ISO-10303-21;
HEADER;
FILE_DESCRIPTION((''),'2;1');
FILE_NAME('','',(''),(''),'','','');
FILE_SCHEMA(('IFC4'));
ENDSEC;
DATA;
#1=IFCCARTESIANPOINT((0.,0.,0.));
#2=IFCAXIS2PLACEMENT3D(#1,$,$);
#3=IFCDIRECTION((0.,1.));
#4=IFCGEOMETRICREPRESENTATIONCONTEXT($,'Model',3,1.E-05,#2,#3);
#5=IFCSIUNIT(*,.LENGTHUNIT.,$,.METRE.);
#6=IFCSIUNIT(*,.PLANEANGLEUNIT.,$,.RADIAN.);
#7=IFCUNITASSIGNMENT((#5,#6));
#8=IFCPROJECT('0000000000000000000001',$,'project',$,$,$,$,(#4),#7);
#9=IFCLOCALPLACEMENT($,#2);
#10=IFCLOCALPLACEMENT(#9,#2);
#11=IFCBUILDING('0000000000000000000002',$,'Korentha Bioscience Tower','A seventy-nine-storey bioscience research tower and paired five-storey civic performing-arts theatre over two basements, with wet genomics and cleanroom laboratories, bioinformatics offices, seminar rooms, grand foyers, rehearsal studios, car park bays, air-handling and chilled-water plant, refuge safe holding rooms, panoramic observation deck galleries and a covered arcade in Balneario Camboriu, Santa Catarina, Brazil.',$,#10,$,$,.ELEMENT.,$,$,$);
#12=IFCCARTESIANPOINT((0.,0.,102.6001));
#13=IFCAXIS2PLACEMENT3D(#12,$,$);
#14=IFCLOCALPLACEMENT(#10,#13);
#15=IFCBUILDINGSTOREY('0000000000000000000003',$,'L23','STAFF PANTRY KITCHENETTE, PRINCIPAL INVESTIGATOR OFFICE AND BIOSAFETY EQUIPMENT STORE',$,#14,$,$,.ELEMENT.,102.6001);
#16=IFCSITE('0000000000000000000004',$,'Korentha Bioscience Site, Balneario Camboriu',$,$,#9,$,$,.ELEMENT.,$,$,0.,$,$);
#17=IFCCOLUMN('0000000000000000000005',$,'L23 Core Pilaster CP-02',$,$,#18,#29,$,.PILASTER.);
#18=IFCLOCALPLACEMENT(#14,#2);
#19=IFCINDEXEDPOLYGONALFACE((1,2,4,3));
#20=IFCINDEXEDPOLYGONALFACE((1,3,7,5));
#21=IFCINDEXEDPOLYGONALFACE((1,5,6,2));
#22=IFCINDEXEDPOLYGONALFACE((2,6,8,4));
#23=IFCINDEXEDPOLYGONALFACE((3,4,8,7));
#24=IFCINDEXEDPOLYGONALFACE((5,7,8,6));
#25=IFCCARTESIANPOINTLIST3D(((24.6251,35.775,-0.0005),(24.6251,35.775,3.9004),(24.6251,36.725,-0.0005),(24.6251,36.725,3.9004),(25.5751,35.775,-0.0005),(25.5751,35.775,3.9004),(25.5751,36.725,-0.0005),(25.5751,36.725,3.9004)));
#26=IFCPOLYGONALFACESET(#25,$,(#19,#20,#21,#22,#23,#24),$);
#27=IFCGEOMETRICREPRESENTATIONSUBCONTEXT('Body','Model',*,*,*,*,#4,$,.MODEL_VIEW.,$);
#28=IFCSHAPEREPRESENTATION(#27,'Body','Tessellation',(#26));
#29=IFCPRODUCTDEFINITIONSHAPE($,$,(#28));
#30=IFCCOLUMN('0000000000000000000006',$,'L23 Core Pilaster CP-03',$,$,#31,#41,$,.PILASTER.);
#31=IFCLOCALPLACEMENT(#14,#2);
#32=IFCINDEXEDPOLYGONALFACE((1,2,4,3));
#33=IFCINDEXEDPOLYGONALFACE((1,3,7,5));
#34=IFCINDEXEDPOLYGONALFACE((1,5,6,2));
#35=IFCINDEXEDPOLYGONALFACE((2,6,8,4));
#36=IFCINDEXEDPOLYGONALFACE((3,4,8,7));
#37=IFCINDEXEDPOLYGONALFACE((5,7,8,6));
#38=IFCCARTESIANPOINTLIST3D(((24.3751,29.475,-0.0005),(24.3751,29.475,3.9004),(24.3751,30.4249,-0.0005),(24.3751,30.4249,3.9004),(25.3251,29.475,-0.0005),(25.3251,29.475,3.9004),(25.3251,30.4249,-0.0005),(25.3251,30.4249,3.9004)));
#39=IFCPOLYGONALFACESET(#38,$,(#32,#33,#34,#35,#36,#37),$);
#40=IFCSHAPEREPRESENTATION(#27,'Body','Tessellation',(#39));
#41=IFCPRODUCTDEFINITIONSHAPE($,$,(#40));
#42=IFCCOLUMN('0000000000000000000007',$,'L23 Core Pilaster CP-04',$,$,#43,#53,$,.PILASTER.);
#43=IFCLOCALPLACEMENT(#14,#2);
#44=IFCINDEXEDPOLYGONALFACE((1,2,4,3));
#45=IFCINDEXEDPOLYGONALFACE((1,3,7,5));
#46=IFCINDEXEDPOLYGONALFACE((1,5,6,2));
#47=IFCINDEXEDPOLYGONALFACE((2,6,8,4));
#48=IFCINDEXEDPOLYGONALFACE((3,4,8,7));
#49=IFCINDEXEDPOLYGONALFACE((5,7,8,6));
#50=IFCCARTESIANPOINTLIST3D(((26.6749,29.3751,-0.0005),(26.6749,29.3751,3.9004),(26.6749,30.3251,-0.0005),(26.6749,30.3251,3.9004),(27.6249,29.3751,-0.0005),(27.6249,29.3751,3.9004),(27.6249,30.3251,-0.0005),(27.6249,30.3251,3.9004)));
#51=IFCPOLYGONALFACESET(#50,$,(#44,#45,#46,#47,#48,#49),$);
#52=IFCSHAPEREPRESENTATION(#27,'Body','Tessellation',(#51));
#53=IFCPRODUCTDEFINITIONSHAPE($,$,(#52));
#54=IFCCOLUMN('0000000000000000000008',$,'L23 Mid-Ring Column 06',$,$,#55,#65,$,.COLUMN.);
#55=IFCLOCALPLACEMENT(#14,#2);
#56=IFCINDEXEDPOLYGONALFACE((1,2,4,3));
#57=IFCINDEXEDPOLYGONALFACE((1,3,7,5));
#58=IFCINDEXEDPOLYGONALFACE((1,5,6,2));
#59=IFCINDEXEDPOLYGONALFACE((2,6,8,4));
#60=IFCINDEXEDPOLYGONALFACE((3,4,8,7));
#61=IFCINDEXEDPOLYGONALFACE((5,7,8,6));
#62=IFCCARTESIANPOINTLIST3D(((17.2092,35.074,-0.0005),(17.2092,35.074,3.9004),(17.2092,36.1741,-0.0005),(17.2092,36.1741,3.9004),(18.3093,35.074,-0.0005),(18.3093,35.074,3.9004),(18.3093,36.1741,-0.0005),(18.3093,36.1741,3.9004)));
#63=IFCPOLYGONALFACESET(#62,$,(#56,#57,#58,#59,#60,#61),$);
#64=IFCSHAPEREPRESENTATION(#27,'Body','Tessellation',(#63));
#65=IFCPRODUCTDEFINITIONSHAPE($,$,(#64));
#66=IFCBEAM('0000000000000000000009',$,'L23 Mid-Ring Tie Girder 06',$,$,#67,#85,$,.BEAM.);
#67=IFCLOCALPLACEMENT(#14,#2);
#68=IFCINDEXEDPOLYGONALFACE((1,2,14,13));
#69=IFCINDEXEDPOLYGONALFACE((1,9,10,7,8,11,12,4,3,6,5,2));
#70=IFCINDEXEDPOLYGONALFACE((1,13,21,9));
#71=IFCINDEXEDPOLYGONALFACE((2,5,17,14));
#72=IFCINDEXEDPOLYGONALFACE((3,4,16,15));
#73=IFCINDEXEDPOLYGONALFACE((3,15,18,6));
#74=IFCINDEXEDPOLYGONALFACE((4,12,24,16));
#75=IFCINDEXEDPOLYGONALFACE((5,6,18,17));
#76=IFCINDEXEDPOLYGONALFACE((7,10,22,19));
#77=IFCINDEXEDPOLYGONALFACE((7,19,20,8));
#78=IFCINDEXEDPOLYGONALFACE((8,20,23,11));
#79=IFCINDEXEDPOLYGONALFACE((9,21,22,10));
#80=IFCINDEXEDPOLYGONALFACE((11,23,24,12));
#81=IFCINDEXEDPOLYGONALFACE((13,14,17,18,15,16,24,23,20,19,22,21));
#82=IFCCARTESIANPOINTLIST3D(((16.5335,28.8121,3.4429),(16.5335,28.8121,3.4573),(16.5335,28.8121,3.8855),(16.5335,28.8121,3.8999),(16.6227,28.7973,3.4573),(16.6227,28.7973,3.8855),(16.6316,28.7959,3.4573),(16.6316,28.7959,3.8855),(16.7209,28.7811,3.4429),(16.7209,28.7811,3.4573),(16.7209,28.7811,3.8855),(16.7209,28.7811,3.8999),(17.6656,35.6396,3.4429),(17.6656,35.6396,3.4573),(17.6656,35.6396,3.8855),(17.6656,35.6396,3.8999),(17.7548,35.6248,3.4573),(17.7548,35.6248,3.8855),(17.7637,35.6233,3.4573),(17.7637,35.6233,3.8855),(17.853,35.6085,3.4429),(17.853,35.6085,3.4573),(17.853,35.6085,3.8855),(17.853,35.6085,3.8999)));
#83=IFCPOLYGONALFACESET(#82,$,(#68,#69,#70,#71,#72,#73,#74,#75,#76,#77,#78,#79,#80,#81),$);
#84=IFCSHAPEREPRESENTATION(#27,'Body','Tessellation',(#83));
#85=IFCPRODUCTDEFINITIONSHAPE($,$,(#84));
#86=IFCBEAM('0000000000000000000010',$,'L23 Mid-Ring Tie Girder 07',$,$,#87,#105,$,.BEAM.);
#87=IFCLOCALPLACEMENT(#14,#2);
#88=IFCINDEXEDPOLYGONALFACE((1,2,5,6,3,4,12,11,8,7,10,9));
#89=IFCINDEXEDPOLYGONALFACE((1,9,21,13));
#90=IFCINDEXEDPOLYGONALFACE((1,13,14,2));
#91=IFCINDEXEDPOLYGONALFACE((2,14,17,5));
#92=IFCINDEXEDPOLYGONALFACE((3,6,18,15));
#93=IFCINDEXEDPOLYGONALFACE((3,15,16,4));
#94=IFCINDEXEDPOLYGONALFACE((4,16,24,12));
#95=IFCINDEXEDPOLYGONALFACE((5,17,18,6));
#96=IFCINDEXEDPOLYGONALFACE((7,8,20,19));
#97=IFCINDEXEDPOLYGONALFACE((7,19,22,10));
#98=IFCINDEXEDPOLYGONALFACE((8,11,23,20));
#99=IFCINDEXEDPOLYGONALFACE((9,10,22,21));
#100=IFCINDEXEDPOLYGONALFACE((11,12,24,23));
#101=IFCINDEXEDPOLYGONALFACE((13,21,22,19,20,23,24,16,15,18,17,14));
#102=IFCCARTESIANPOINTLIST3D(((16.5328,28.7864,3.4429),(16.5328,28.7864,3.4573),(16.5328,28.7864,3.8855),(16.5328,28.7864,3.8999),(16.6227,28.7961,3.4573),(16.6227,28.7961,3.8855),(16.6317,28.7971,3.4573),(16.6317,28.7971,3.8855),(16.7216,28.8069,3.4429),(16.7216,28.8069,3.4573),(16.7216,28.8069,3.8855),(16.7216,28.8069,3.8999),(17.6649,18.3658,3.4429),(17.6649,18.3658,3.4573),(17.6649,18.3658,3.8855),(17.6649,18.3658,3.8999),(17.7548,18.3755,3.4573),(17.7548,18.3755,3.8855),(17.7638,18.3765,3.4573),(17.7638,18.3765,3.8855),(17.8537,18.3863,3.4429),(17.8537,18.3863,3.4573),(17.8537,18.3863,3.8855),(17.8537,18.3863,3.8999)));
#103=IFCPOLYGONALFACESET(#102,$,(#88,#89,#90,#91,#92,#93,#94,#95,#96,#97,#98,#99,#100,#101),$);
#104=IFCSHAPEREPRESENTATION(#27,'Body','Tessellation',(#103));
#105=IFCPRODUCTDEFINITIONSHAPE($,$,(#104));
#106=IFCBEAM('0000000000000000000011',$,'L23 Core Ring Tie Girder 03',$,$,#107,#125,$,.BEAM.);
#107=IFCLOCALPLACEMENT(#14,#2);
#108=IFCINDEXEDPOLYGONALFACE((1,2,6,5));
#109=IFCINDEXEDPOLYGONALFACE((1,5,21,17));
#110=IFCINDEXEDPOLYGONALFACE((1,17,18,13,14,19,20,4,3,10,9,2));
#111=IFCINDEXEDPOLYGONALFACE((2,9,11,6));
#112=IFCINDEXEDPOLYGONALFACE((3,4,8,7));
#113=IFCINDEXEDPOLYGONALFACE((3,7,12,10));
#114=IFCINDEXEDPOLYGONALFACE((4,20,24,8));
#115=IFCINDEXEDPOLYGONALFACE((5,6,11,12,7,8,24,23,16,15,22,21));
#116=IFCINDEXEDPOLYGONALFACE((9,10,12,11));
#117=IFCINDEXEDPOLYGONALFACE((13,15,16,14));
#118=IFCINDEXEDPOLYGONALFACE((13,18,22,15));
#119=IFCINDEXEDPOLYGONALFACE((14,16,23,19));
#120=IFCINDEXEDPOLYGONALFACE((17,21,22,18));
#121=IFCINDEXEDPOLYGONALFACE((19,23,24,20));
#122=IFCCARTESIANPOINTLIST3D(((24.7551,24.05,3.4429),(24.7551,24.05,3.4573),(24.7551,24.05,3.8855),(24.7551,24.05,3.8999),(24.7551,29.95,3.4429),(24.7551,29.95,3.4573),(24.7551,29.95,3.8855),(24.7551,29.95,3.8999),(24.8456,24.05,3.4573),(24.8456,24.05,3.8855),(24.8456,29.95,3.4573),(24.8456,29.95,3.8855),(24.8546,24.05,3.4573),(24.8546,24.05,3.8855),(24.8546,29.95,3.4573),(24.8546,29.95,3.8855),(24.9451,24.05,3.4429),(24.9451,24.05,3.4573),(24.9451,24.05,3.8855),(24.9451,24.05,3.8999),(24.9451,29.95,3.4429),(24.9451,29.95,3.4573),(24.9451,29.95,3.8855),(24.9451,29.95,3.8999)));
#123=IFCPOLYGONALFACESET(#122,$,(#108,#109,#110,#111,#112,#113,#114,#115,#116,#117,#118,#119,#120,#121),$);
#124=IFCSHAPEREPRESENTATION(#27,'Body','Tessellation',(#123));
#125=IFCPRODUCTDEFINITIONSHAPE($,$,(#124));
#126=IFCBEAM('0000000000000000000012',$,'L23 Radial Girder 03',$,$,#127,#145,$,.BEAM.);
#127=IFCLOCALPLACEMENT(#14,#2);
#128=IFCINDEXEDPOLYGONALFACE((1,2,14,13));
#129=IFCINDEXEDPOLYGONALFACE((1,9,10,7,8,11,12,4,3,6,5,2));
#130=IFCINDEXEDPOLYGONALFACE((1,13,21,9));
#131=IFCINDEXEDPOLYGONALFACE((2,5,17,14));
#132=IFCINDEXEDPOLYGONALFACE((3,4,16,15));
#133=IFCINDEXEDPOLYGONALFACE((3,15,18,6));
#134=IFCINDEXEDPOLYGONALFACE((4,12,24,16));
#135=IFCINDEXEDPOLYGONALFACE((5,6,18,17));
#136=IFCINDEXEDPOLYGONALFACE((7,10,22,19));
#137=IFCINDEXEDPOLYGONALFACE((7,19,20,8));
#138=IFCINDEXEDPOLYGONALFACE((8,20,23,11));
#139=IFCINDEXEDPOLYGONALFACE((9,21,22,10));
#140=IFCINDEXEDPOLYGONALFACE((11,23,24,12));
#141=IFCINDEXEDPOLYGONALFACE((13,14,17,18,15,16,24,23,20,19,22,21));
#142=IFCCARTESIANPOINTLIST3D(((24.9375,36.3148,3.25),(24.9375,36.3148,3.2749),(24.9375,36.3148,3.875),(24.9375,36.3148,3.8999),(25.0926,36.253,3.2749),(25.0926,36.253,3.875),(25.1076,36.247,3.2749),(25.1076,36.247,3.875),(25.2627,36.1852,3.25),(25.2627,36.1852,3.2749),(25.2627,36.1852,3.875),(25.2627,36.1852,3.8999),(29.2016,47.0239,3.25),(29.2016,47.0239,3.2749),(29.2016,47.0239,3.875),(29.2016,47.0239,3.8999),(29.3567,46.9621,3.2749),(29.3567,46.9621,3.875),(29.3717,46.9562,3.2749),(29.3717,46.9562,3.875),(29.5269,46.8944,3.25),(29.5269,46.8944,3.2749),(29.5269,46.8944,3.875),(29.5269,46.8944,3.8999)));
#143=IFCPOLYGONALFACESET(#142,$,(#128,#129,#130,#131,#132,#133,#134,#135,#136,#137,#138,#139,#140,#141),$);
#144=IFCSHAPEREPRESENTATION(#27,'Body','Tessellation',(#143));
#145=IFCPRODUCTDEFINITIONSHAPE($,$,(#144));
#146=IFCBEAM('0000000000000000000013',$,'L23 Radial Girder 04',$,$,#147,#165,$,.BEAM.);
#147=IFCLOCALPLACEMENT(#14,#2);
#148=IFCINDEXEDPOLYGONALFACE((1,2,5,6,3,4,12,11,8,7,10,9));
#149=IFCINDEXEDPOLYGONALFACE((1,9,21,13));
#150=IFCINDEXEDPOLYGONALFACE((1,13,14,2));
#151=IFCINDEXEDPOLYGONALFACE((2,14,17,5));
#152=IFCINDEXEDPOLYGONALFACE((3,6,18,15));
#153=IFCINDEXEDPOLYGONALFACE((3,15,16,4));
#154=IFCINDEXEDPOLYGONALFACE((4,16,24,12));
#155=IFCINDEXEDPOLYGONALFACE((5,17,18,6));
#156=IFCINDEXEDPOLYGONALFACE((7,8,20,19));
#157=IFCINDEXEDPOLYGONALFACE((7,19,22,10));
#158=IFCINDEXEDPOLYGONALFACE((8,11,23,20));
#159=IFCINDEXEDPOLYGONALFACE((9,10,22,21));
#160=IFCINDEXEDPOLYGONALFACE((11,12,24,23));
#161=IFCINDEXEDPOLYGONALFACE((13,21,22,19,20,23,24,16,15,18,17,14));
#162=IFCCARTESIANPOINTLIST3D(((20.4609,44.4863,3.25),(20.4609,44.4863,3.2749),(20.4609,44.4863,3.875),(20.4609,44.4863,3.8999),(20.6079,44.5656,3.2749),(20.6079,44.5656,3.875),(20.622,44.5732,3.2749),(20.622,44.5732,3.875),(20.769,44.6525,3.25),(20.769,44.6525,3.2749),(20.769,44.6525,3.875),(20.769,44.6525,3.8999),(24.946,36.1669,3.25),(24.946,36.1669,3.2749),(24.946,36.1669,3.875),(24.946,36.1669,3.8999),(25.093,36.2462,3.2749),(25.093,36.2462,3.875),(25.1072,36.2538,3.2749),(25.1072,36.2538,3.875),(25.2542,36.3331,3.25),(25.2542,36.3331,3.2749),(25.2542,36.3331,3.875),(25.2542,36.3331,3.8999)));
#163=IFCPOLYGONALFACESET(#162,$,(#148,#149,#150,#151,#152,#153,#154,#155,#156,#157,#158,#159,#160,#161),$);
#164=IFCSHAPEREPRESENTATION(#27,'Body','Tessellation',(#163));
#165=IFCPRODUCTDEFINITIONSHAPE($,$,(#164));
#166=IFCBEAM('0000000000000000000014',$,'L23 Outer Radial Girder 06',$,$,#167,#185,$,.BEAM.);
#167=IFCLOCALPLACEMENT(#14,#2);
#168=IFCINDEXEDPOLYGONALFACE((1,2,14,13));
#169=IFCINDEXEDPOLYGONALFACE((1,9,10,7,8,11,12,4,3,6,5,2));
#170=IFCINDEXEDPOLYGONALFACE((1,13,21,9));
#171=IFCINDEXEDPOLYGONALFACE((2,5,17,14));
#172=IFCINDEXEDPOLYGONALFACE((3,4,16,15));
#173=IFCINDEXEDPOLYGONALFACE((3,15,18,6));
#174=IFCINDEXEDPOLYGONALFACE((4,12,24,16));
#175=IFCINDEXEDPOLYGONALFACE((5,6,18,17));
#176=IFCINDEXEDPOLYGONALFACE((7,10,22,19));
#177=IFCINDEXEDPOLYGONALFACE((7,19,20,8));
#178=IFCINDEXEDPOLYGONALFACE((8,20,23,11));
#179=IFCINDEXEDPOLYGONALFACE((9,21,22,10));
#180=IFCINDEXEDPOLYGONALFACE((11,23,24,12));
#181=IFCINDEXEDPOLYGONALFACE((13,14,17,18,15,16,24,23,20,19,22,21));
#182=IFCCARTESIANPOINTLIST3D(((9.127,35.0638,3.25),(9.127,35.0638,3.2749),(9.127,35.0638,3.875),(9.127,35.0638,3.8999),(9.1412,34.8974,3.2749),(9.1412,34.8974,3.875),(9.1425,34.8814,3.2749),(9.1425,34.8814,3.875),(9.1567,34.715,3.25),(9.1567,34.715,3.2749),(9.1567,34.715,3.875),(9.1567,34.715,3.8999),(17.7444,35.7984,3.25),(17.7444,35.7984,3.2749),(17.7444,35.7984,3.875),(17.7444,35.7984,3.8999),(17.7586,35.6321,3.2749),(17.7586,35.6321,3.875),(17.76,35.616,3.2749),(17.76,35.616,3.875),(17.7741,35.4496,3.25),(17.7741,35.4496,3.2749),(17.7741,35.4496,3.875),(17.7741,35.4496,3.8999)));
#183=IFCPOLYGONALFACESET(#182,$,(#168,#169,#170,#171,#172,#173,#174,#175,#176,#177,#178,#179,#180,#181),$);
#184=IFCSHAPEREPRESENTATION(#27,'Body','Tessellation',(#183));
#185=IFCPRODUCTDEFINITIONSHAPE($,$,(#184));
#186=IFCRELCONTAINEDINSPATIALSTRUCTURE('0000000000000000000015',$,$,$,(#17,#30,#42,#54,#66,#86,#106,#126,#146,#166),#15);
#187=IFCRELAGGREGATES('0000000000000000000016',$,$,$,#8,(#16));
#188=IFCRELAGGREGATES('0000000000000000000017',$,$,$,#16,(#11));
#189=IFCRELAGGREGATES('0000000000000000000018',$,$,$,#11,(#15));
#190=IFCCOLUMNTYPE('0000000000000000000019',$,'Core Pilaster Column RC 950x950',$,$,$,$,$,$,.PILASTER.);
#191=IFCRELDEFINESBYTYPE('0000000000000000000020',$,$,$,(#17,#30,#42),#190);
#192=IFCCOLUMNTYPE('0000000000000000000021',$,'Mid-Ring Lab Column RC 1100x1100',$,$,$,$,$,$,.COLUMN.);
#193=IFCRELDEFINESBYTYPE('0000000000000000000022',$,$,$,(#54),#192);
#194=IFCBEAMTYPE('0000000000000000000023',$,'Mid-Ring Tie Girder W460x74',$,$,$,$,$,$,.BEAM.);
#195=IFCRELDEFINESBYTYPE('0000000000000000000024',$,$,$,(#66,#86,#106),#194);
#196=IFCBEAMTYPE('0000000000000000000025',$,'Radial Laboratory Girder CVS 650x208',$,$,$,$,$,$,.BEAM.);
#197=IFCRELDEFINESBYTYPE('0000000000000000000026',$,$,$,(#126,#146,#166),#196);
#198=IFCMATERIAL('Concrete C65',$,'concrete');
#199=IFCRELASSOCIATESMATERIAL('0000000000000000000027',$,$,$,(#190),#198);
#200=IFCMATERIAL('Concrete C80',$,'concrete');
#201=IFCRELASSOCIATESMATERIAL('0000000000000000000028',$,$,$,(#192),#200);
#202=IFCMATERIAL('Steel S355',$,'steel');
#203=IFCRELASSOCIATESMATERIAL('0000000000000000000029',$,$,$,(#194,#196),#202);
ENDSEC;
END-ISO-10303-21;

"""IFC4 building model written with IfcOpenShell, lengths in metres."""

from ifc_helpers import new_model, si_unit, direction, frame, origin, origin_2d, place, context, subcontext, project, spatial, rectangle, i_section, extrude, material, material_profile, profile_set, type_object, element, save


model = new_model("IFC4")

# Units and contexts
model_context = context("Model", 3, precision=1e-05, world=origin(), true_north=direction((0.0, 1.0)))
body_context = subcontext(model_context, "Body", "Model", "MODEL_VIEW")
ifc_project = project(units=[si_unit("LENGTHUNIT", "METRE"), si_unit("PLANEANGLEUNIT", "RADIAN")], contexts=[model_context])

# Site, building, storey
site_placement = place(None, origin())
site = spatial("IfcSite", under=ifc_project, at=site_placement, Name="Korentha Bioscience Site, Balneario Camboriu", CompositionType="ELEMENT", RefElevation=0.0)
building_placement = place(site_placement, origin())
building = spatial("IfcBuilding", under=site, at=building_placement, Name="Korentha Bioscience Tower", Description="A seventy-nine-storey bioscience research tower and paired five-storey civic performing-arts theatre over two basements, with wet genomics and cleanroom laboratories, bioinformatics offices, seminar rooms, grand foyers, rehearsal studios, car park bays, air-handling and chilled-water plant, refuge safe holding rooms, panoramic observation deck galleries and a covered arcade in Balneario Camboriu, Santa Catarina, Brazil.", CompositionType="ELEMENT")
storey_placement = place(building_placement, frame((0.0, 0.0, 102.6001)))
storey = spatial("IfcBuildingStorey", under=building, at=storey_placement, Name="L23", Description="STAFF PANTRY KITCHENETTE, PRINCIPAL INVESTIGATOR OFFICE AND BIOSAFETY EQUIPMENT STORE", CompositionType="ELEMENT", Elevation=102.6001)

# Columns
ifc_material_1 = material(Name="Concrete C65", Category="concrete")
ifc_material_profile_1 = material_profile(ifc_material_1, rectangle(XDim=0.95, YDim=0.95, at=origin_2d()), Name="Concrete C65")
ifc_profile_set_1 = profile_set([ifc_material_profile_1], Name="Concrete C65 (COL-CP09)")
column_type_1 = type_object("IfcColumnType", Name="Core Pilaster Column RC 950x950", PredefinedType="PILASTER", material=ifc_profile_set_1)
for number, where, z_axis, x_axis, name in (
    (1, (25.1001, 36.25, -0.0005), (0.0, 0.0, 1.0), (1.0, 0.0, 0.0), "L23 Core Pilaster CP-02"),
    (2, (24.8501, 29.95, -0.0005), (0.0, 0.0, 1.0), (1.0, 0.0, 0.0), "L23 Core Pilaster CP-03"),
    (3, (27.1499, 29.8501, -0.0005), (0.0, 0.0, 1.0), (1.0, 0.0, 0.0), "L23 Core Pilaster CP-04"),
):
    element("IfcColumn", number, at=place(storey_placement, frame(where, z_axis=z_axis, x_axis=x_axis)), inside=storey, type_object=column_type_1, Name=name, PredefinedType="PILASTER", context=body_context, shape_type="SweptSolid", body=[
        extrude(rectangle(XDim=0.95, YDim=0.95, at=origin_2d()), origin(), (0.0, 0.0, 1.0), 3.9009),
    ])
ifc_material_2 = material(Name="Concrete C80", Category="concrete")
ifc_material_profile_2 = material_profile(ifc_material_2, rectangle(XDim=1.1001, YDim=1.1001, at=origin_2d()), Name="Concrete C80")
ifc_profile_set_2 = profile_set([ifc_material_profile_2], Name="Concrete C80 (COL-MR11)")
column_type_2 = type_object("IfcColumnType", Name="Mid-Ring Lab Column RC 1100x1100", PredefinedType="COLUMN", material=ifc_profile_set_2)
column_placement = place(storey_placement, frame((17.7593, 35.624, -0.0005), z_axis=(0.0, 0.0, 1.0), x_axis=(1.0, 0.0, 0.0)))
element("IfcColumn", 4, at=column_placement, inside=storey, type_object=column_type_2, Name="L23 Mid-Ring Column 06", PredefinedType="COLUMN", context=body_context, shape_type="SweptSolid", body=[
    extrude(rectangle(XDim=1.1001, YDim=1.1001, at=origin_2d()), origin(), (0.0, 0.0, 1.0), 3.9009),
])

# Beams
ifc_material_3 = material(Name="Steel S355", Category="steel")
ifc_material_profile_3 = material_profile(ifc_material_3, i_section(OverallWidth=0.1899, OverallDepth=0.457, WebThickness=0.009, FlangeThickness=0.0144, at=origin_2d()), Name="Steel S355")
ifc_profile_set_3 = profile_set([ifc_material_profile_3], Name="Steel S355 (MB-460)")
beam_type_1 = type_object("IfcBeamType", Name="Mid-Ring Tie Girder W460x74", PredefinedType="BEAM", material=ifc_profile_set_3)
beam_1_placement = place(storey_placement, frame((17.7593, 35.624, 3.6714), z_axis=(-0.163581, -0.98653, 0.0), x_axis=(0.98653, -0.163581, 0.0)))
element("IfcBeam", 5, at=beam_1_placement, inside=storey, type_object=beam_type_1, Name="L23 Mid-Ring Tie Girder 06", PredefinedType="BEAM", context=body_context, shape_type="SweptSolid", body=[
    extrude(i_section(OverallWidth=0.1899, OverallDepth=0.457, WebThickness=0.009, FlangeThickness=0.0144, at=origin_2d()), origin(), (0.0, 0.0, 1.0), 6.9207),
])
beam_2_placement = place(storey_placement, frame((16.6272, 28.7966, 3.6714), z_axis=(0.108003, -0.994151, 0.0), x_axis=(0.994151, 0.108003, 0.0)))
element("IfcBeam", 6, at=beam_2_placement, inside=storey, type_object=beam_type_1, Name="L23 Mid-Ring Tie Girder 07", PredefinedType="BEAM", context=body_context, shape_type="SweptSolid", body=[
    extrude(i_section(OverallWidth=0.1899, OverallDepth=0.457, WebThickness=0.009, FlangeThickness=0.0144, at=origin_2d()), origin(), (0.0, 0.0, 1.0), 10.4819),
])
beam_3_placement = place(storey_placement, frame((24.8501, 29.95, 3.6714), z_axis=(0.0, -1.0, 0.0), x_axis=(1.0, 0.0, 0.0)))
element("IfcBeam", 7, at=beam_3_placement, inside=storey, type_object=beam_type_1, Name="L23 Core Ring Tie Girder 03", PredefinedType="BEAM", context=body_context, shape_type="SweptSolid", body=[
    extrude(i_section(OverallWidth=0.1899, OverallDepth=0.457, WebThickness=0.009, FlangeThickness=0.0144, at=origin_2d()), origin(), (0.0, 0.0, 1.0), 5.8999),
])
ifc_material_profile_4 = material_profile(ifc_material_3, i_section(OverallWidth=0.3501, OverallDepth=0.6499, WebThickness=0.0161, FlangeThickness=0.0249, at=origin_2d()), Name="Steel S355")
ifc_profile_set_4 = profile_set([ifc_material_profile_4], Name="Steel S355 (RB-650)")
beam_type_2 = type_object("IfcBeamType", Name="Radial Laboratory Girder CVS 650x208", PredefinedType="BEAM", material=ifc_profile_set_4)
beam_4_placement = place(storey_placement, frame((25.1001, 36.25, 3.575), z_axis=(0.36993, 0.92906, 0.0), x_axis=(-0.92906, 0.36993, 0.0)))
element("IfcBeam", 8, at=beam_4_placement, inside=storey, type_object=beam_type_2, Name="L23 Radial Girder 03", PredefinedType="BEAM", context=body_context, shape_type="SweptSolid", body=[
    extrude(i_section(OverallWidth=0.3501, OverallDepth=0.6499, WebThickness=0.0161, FlangeThickness=0.0249, at=origin_2d()), origin(), (0.0, 0.0, 1.0), 11.5269),
])
beam_5_placement = place(storey_placement, frame((25.1001, 36.25, 3.575), z_axis=(-0.474548, 0.88023, 0.0), x_axis=(-0.88023, -0.474548, 0.0)))
element("IfcBeam", 9, at=beam_5_placement, inside=storey, type_object=beam_type_2, Name="L23 Radial Girder 04", PredefinedType="BEAM", context=body_context, shape_type="SweptSolid", body=[
    extrude(i_section(OverallWidth=0.3501, OverallDepth=0.6499, WebThickness=0.0161, FlangeThickness=0.0249, at=origin_2d()), origin(), (0.0, 0.0, 1.0), 9.4514),
])
beam_6_placement = place(storey_placement, frame((17.7593, 35.624, 3.575), z_axis=(-0.996386, -0.08494, 0.0), x_axis=(0.08494, -0.996386, 0.0)))
element("IfcBeam", 10, at=beam_6_placement, inside=storey, type_object=beam_type_2, Name="L23 Outer Radial Girder 06", PredefinedType="BEAM", context=body_context, shape_type="SweptSolid", body=[
    extrude(i_section(OverallWidth=0.3501, OverallDepth=0.6499, WebThickness=0.0161, FlangeThickness=0.0249, at=origin_2d()), origin(), (0.0, 0.0, 1.0), 8.6487),
])

save(model, "model.ifc")
